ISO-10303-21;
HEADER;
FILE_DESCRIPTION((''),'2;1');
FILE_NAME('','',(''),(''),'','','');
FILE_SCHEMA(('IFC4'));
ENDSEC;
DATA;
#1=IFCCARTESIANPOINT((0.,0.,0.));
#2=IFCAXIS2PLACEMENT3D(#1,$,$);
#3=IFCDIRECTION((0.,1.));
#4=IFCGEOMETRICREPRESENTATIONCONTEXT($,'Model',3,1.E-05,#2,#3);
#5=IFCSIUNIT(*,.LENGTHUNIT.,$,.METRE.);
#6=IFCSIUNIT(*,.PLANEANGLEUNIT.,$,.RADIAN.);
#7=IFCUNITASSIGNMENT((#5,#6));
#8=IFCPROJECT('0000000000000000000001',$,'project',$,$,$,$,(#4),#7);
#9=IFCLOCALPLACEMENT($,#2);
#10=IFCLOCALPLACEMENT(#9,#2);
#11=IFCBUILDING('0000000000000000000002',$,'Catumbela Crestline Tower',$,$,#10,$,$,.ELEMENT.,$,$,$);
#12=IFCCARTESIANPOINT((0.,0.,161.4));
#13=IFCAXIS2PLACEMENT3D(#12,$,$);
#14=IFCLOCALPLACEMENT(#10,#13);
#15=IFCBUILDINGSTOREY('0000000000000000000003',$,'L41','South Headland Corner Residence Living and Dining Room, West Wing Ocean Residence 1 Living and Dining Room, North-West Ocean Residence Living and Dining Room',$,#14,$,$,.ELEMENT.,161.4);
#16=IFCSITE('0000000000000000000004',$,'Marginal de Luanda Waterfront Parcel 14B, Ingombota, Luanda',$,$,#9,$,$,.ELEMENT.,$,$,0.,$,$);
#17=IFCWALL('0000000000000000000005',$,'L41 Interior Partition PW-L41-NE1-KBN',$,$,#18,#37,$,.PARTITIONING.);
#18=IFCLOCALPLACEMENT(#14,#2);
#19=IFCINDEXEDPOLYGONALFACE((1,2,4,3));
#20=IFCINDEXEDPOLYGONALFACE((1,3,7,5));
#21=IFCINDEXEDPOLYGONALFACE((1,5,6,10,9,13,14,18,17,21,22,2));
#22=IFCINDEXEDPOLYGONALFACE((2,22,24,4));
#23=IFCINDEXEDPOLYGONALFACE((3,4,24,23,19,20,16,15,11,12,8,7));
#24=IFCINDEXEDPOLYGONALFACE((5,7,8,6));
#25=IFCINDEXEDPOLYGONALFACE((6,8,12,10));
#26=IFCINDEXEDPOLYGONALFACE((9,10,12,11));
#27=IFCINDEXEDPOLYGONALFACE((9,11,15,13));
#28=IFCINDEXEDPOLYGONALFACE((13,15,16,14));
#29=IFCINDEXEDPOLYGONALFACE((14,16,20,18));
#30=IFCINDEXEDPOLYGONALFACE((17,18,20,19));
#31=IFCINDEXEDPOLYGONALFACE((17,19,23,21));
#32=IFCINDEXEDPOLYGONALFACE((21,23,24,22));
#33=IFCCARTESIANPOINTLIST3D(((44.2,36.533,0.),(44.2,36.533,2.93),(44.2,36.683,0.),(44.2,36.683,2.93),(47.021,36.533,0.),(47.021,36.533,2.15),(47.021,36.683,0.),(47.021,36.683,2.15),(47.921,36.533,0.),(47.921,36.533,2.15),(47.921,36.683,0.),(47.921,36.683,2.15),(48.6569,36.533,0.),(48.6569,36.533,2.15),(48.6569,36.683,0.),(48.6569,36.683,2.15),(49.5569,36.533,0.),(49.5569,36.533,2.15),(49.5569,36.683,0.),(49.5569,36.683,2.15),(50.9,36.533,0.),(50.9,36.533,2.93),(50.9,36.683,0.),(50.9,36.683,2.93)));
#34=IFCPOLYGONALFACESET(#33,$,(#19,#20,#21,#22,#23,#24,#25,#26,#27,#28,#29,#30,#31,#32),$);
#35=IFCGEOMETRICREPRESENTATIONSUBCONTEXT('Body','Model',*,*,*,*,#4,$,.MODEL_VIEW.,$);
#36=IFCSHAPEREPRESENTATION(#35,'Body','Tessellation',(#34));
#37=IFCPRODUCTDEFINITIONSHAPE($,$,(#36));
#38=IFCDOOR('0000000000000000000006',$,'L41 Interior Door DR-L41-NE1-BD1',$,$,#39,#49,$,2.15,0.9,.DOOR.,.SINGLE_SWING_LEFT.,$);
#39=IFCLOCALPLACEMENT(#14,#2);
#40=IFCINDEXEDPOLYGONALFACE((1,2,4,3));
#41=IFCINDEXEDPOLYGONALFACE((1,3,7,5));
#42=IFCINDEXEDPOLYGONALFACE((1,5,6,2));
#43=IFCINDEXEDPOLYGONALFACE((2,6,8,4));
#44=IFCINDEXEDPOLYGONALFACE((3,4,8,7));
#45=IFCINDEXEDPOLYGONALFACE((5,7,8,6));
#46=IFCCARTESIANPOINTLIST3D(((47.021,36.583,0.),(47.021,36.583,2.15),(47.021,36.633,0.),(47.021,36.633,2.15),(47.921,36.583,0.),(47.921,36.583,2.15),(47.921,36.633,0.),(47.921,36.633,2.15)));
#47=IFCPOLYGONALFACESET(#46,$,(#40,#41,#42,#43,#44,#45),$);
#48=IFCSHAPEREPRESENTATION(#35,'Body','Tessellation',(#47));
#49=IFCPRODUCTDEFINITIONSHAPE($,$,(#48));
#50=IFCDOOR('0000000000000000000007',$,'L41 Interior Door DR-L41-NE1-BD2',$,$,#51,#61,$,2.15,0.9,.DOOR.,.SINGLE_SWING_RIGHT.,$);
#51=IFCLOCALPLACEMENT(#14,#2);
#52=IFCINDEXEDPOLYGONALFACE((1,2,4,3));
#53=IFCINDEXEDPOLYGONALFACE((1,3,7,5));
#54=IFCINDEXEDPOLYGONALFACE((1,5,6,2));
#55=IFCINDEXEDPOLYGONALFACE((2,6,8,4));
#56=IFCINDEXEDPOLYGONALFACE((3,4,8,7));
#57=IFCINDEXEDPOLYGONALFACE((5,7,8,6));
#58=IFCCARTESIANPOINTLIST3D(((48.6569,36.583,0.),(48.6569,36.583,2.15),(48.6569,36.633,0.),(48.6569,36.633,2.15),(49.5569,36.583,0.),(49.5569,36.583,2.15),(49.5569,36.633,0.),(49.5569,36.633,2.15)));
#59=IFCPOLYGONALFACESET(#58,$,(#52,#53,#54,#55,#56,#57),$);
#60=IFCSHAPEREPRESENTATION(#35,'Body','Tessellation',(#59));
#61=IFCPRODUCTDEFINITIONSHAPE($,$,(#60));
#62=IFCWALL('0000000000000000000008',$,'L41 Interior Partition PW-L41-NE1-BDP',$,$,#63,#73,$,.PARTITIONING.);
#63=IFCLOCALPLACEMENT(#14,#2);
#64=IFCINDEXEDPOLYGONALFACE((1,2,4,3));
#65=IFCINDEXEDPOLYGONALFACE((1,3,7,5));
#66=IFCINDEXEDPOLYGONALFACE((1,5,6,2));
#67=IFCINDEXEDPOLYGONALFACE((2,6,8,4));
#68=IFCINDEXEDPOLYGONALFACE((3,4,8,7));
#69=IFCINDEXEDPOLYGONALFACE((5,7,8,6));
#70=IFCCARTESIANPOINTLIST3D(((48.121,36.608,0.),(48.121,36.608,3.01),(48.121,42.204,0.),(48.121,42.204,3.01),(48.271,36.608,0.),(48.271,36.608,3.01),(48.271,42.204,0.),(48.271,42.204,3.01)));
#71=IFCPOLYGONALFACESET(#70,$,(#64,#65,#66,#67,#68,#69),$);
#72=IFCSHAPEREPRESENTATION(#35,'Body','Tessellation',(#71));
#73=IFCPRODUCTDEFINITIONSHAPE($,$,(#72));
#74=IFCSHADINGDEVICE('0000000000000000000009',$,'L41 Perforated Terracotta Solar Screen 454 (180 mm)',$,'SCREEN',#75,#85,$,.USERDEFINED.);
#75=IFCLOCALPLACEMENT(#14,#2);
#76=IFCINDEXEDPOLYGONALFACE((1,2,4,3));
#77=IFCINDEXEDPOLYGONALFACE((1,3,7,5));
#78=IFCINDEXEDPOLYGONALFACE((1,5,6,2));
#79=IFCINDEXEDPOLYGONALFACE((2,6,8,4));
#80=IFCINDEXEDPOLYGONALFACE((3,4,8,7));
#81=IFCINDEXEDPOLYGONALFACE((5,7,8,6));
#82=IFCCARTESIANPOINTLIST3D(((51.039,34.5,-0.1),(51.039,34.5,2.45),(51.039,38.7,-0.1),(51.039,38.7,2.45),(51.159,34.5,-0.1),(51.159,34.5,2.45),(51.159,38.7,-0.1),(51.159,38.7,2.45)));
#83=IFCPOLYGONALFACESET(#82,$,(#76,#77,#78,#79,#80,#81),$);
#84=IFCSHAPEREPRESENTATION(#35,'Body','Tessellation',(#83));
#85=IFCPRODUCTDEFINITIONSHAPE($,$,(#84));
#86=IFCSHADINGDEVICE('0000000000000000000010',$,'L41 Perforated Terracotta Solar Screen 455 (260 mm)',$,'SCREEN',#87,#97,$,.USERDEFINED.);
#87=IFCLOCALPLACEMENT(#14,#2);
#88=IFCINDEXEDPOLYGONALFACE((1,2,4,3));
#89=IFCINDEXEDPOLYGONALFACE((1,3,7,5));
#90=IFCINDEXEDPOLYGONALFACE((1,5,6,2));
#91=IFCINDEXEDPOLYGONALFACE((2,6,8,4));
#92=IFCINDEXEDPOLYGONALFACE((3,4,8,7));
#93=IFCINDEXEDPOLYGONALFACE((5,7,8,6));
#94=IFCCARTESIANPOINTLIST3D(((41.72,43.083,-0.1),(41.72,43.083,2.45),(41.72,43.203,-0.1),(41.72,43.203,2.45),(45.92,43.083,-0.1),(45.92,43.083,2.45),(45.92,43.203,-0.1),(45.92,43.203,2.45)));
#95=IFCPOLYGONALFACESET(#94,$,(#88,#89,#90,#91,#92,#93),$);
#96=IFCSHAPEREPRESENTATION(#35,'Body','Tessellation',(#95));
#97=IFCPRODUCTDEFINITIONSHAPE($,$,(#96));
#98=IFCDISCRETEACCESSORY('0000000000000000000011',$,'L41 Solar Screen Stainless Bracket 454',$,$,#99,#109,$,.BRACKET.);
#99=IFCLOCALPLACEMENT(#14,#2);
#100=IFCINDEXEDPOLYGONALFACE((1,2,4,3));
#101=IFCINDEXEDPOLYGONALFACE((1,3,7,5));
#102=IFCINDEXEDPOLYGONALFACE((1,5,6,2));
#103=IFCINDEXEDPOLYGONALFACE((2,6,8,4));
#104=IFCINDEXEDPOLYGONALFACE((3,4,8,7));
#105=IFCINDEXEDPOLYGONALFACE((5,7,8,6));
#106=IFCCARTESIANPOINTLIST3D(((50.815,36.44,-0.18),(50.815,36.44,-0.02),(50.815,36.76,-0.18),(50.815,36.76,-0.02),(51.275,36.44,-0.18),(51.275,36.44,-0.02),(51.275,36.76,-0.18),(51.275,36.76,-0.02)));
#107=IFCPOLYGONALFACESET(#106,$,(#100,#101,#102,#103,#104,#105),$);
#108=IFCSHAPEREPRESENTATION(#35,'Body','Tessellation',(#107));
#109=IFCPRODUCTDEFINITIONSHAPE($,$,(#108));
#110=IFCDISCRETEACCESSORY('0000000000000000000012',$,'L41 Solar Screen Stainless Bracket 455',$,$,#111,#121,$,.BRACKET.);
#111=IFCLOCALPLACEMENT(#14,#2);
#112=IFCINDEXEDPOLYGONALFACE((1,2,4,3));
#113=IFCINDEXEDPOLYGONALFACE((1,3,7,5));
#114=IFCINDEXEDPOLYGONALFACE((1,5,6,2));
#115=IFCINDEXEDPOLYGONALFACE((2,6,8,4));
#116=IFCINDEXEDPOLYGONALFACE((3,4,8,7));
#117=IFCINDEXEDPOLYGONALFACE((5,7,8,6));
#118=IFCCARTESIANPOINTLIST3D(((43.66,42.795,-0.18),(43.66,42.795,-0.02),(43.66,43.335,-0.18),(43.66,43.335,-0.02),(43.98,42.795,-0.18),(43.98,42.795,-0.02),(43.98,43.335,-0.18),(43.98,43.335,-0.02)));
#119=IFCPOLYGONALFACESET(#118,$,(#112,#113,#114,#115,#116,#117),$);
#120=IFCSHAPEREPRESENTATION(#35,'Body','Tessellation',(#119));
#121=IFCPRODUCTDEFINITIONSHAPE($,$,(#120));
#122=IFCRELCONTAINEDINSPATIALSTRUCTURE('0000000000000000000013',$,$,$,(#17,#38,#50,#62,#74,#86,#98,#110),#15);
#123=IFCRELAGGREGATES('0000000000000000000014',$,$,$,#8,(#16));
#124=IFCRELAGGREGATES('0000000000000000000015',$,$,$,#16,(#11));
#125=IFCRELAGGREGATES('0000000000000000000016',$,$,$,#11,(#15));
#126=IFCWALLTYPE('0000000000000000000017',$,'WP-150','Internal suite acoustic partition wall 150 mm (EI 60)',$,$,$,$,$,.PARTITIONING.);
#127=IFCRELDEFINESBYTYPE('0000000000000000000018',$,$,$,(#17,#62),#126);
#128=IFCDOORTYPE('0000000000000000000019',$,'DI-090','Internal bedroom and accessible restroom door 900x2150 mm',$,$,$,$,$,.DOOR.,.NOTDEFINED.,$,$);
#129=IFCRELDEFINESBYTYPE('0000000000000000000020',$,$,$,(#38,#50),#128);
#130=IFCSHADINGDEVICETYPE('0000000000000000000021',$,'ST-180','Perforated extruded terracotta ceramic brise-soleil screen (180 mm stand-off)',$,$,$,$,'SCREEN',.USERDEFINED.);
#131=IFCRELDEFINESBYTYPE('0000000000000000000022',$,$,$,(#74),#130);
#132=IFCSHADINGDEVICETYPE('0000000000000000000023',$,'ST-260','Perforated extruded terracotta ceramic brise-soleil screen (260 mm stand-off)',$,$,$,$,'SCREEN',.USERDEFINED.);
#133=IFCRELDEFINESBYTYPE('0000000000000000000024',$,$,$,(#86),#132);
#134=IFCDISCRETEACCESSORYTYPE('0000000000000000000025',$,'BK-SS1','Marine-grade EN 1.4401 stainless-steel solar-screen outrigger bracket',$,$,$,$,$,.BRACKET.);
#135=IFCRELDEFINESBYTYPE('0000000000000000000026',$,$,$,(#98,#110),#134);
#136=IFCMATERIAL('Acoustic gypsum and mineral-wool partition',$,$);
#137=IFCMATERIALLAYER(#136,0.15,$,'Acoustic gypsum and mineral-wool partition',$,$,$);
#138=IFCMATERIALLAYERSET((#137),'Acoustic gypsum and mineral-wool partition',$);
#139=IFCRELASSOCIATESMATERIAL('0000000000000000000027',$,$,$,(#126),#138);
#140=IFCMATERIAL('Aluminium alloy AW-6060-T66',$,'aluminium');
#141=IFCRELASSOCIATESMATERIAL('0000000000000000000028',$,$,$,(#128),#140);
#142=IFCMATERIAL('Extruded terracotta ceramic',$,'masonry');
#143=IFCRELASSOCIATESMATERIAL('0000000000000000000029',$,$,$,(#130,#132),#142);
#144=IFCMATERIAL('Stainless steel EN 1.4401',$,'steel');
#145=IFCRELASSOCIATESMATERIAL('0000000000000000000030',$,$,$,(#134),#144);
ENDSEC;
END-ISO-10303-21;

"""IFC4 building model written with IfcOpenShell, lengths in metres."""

from ifc_helpers import new_model, si_unit, direction, frame, frame_2d, origin, origin_2d, place, context, subcontext, project, spatial, rectangle, extrude, material, layer, layer_set, type_object, element, fill, save


model = new_model("IFC4")

# Units and contexts
model_context = context("Model", 3, precision=1e-05, world=origin(), true_north=direction((0.0, 1.0)))
body_context = subcontext(model_context, "Body", "Model", "MODEL_VIEW")
ifc_project = project(units=[si_unit("LENGTHUNIT", "METRE"), si_unit("PLANEANGLEUNIT", "RADIAN")], contexts=[model_context])

# Site, building, storey
site_placement = place(None, origin())
site = spatial("IfcSite", under=ifc_project, at=site_placement, Name="Marginal de Luanda Waterfront Parcel 14B, Ingombota, Luanda", CompositionType="ELEMENT", RefElevation=0.0)
building_placement = place(site_placement, origin())
building = spatial("IfcBuilding", under=site, at=building_placement, Name="Catumbela Crestline Tower", CompositionType="ELEMENT")
storey_placement = place(building_placement, frame((0.0, 0.0, 161.4)))
storey = spatial("IfcBuildingStorey", under=building, at=storey_placement, Name="L41", Description="South Headland Corner Residence Living and Dining Room, West Wing Ocean Residence 1 Living and Dining Room, North-West Ocean Residence Living and Dining Room", CompositionType="ELEMENT", Elevation=161.4)

# Shared definitions
ifc_material_1 = material(Name="Aluminium alloy AW-6060-T66", Category="aluminium")

# Wall, openings, doors
ifc_material_2 = material(Name="Acoustic gypsum and mineral-wool partition")
ifc_layer_1 = layer(ifc_material_2, 0.15, Name="Acoustic gypsum and mineral-wool partition")
ifc_layer_set_1 = layer_set([ifc_layer_1], Name="Acoustic gypsum and mineral-wool partition")
wall_type_1 = type_object("IfcWallType", Name="WP-150", Description="Internal suite acoustic partition wall 150 mm (EI 60)", PredefinedType="PARTITIONING", material=ifc_layer_set_1)
wall_1_placement = place(storey_placement, frame((44.2, 36.608, 0.0), z_axis=(0.0, 0.0, 1.0), x_axis=(1.0, 0.0, 0.0)))
wall_1 = element("IfcWall", 1, at=wall_1_placement, inside=storey, type_object=wall_type_1, Name="L41 Interior Partition PW-L41-NE1-KBN", PredefinedType="PARTITIONING", context=body_context, shape_type="SweptSolid", body=[
    extrude(rectangle(XDim=6.7, YDim=0.15, at=frame_2d((3.35, 0.0))), origin(), (0.0, 0.0, 1.0), 2.93),
])
opening_1_placement = place(wall_1_placement, frame((2.821, 0.0, 0.0)))
opening_1 = element("IfcOpeningElement", 2, at=opening_1_placement, cuts=wall_1, PredefinedType="OPENING", context=body_context, shape_type="SweptSolid", body=[
    extrude(rectangle(XDim=0.9, YDim=2.15, at=frame_2d((0.45, 1.075))), frame((0.0, 0.085, 0.0), z_axis=(0.0, -1.0, 0.0), x_axis=(1.0, 0.0, 0.0)), (0.0, 0.0, 1.0), 0.17),
])
opening_2_placement = place(wall_1_placement, frame((4.4569, 0.0, 0.0)))
opening_2 = element("IfcOpeningElement", 3, at=opening_2_placement, cuts=wall_1, PredefinedType="OPENING", context=body_context, shape_type="SweptSolid", body=[
    extrude(rectangle(XDim=0.9, YDim=2.15, at=frame_2d((0.45, 1.075))), frame((0.0, 0.085, 0.0), z_axis=(0.0, -1.0, 0.0), x_axis=(1.0, 0.0, 0.0)), (0.0, 0.0, 1.0), 0.17),
])
door_type = type_object("IfcDoorType", Name="DI-090", Description="Internal bedroom and accessible restroom door 900x2150 mm", OperationType="NOTDEFINED", PredefinedType="DOOR", material=ifc_material_1)
door_1_placement = place(opening_1_placement, origin())
door_1 = element("IfcDoor", 4, at=door_1_placement, inside=storey, type_object=door_type, Name="L41 Interior Door DR-L41-NE1-BD1", OperationType="SINGLE_SWING_LEFT", OverallHeight=2.15, OverallWidth=0.9, PredefinedType="DOOR", context=body_context, shape_type="SweptSolid", body=[
    extrude(rectangle(XDim=0.9, YDim=2.15, at=frame_2d((0.45, 1.075))), frame((0.0, 0.025, 0.0), z_axis=(0.0, -1.0, 0.0), x_axis=(1.0, 0.0, 0.0)), (0.0, 0.0, 1.0), 0.05),
])
fill(opening_1, door_1)
door_2_placement = place(opening_2_placement, origin())
door_2 = element("IfcDoor", 5, at=door_2_placement, inside=storey, type_object=door_type, Name="L41 Interior Door DR-L41-NE1-BD2", OperationType="SINGLE_SWING_RIGHT", OverallHeight=2.15, OverallWidth=0.9, PredefinedType="DOOR", context=body_context, shape_type="SweptSolid", body=[
    extrude(rectangle(XDim=0.9, YDim=2.15, at=frame_2d((0.45, 1.075))), frame((0.0, 0.025, 0.0), z_axis=(0.0, -1.0, 0.0), x_axis=(1.0, 0.0, 0.0)), (0.0, 0.0, 1.0), 0.05),
])
fill(opening_2, door_2)

# Wall
wall_2_placement = place(storey_placement, frame((48.196, 36.608, 0.0), z_axis=(0.0, 0.0, 1.0), x_axis=(0.0, 1.0, 0.0)))
element("IfcWall", 6, at=wall_2_placement, inside=storey, type_object=wall_type_1, Name="L41 Interior Partition PW-L41-NE1-BDP", PredefinedType="PARTITIONING", context=body_context, shape_type="SweptSolid", body=[
    extrude(rectangle(XDim=5.596, YDim=0.15, at=frame_2d((2.798, 0.0))), origin(), (0.0, 0.0, 1.0), 3.01),
])

# Shading devices
ifc_material_3 = material(Name="Extruded terracotta ceramic", Category="masonry")
shading_device_type_1 = type_object("IfcShadingDeviceType", Name="ST-180", Description="Perforated extruded terracotta ceramic brise-soleil screen (180 mm stand-off)", ElementType="SCREEN", PredefinedType="USERDEFINED", material=ifc_material_3)
shading_device_1_placement = place(storey_placement, frame((51.099, 36.6, -0.1), z_axis=(0.0, 0.0, 1.0), x_axis=(0.0, 1.0, 0.0)))
element("IfcShadingDevice", 7, at=shading_device_1_placement, inside=storey, type_object=shading_device_type_1, Name="L41 Perforated Terracotta Solar Screen 454 (180 mm)", ObjectType="SCREEN", PredefinedType="USERDEFINED", context=body_context, shape_type="SweptSolid", body=[
    extrude(rectangle(XDim=4.2, YDim=0.12, at=origin_2d()), origin(), (0.0, 0.0, 1.0), 2.55),
])
shading_device_type_2 = type_object("IfcShadingDeviceType", Name="ST-260", Description="Perforated extruded terracotta ceramic brise-soleil screen (260 mm stand-off)", ElementType="SCREEN", PredefinedType="USERDEFINED", material=ifc_material_3)
shading_device_2_placement = place(storey_placement, frame((43.82, 43.143, -0.1), z_axis=(0.0, 0.0, 1.0), x_axis=(-1.0, 0.0, 0.0)))
element("IfcShadingDevice", 8, at=shading_device_2_placement, inside=storey, type_object=shading_device_type_2, Name="L41 Perforated Terracotta Solar Screen 455 (260 mm)", ObjectType="SCREEN", PredefinedType="USERDEFINED", context=body_context, shape_type="SweptSolid", body=[
    extrude(rectangle(XDim=4.2, YDim=0.12, at=origin_2d()), origin(), (0.0, 0.0, 1.0), 2.55),
])

# Discrete accessories
ifc_material_4 = material(Name="Stainless steel EN 1.4401", Category="steel")
discrete_accessory_type = type_object("IfcDiscreteAccessoryType", Name="BK-SS1", Description="Marine-grade EN 1.4401 stainless-steel solar-screen outrigger bracket", PredefinedType="BRACKET", material=ifc_material_4)
discrete_accessory_1_placement = place(storey_placement, frame((51.045, 36.6, -0.18), z_axis=(0.0, 0.0, 1.0), x_axis=(0.0, 1.0, 0.0)))
element("IfcDiscreteAccessory", 9, at=discrete_accessory_1_placement, inside=storey, type_object=discrete_accessory_type, Name="L41 Solar Screen Stainless Bracket 454", PredefinedType="BRACKET", context=body_context, shape_type="SweptSolid", body=[
    extrude(rectangle(XDim=0.32, YDim=0.46, at=origin_2d()), origin(), (0.0, 0.0, 1.0), 0.16),
])
discrete_accessory_2_placement = place(storey_placement, frame((43.82, 43.065, -0.18), z_axis=(0.0, 0.0, 1.0), x_axis=(-1.0, 0.0, 0.0)))
element("IfcDiscreteAccessory", 10, at=discrete_accessory_2_placement, inside=storey, type_object=discrete_accessory_type, Name="L41 Solar Screen Stainless Bracket 455", PredefinedType="BRACKET", context=body_context, shape_type="SweptSolid", body=[
    extrude(rectangle(XDim=0.32, YDim=0.54, at=origin_2d()), origin(), (0.0, 0.0, 1.0), 0.16),
])

save(model, "model.ifc")
